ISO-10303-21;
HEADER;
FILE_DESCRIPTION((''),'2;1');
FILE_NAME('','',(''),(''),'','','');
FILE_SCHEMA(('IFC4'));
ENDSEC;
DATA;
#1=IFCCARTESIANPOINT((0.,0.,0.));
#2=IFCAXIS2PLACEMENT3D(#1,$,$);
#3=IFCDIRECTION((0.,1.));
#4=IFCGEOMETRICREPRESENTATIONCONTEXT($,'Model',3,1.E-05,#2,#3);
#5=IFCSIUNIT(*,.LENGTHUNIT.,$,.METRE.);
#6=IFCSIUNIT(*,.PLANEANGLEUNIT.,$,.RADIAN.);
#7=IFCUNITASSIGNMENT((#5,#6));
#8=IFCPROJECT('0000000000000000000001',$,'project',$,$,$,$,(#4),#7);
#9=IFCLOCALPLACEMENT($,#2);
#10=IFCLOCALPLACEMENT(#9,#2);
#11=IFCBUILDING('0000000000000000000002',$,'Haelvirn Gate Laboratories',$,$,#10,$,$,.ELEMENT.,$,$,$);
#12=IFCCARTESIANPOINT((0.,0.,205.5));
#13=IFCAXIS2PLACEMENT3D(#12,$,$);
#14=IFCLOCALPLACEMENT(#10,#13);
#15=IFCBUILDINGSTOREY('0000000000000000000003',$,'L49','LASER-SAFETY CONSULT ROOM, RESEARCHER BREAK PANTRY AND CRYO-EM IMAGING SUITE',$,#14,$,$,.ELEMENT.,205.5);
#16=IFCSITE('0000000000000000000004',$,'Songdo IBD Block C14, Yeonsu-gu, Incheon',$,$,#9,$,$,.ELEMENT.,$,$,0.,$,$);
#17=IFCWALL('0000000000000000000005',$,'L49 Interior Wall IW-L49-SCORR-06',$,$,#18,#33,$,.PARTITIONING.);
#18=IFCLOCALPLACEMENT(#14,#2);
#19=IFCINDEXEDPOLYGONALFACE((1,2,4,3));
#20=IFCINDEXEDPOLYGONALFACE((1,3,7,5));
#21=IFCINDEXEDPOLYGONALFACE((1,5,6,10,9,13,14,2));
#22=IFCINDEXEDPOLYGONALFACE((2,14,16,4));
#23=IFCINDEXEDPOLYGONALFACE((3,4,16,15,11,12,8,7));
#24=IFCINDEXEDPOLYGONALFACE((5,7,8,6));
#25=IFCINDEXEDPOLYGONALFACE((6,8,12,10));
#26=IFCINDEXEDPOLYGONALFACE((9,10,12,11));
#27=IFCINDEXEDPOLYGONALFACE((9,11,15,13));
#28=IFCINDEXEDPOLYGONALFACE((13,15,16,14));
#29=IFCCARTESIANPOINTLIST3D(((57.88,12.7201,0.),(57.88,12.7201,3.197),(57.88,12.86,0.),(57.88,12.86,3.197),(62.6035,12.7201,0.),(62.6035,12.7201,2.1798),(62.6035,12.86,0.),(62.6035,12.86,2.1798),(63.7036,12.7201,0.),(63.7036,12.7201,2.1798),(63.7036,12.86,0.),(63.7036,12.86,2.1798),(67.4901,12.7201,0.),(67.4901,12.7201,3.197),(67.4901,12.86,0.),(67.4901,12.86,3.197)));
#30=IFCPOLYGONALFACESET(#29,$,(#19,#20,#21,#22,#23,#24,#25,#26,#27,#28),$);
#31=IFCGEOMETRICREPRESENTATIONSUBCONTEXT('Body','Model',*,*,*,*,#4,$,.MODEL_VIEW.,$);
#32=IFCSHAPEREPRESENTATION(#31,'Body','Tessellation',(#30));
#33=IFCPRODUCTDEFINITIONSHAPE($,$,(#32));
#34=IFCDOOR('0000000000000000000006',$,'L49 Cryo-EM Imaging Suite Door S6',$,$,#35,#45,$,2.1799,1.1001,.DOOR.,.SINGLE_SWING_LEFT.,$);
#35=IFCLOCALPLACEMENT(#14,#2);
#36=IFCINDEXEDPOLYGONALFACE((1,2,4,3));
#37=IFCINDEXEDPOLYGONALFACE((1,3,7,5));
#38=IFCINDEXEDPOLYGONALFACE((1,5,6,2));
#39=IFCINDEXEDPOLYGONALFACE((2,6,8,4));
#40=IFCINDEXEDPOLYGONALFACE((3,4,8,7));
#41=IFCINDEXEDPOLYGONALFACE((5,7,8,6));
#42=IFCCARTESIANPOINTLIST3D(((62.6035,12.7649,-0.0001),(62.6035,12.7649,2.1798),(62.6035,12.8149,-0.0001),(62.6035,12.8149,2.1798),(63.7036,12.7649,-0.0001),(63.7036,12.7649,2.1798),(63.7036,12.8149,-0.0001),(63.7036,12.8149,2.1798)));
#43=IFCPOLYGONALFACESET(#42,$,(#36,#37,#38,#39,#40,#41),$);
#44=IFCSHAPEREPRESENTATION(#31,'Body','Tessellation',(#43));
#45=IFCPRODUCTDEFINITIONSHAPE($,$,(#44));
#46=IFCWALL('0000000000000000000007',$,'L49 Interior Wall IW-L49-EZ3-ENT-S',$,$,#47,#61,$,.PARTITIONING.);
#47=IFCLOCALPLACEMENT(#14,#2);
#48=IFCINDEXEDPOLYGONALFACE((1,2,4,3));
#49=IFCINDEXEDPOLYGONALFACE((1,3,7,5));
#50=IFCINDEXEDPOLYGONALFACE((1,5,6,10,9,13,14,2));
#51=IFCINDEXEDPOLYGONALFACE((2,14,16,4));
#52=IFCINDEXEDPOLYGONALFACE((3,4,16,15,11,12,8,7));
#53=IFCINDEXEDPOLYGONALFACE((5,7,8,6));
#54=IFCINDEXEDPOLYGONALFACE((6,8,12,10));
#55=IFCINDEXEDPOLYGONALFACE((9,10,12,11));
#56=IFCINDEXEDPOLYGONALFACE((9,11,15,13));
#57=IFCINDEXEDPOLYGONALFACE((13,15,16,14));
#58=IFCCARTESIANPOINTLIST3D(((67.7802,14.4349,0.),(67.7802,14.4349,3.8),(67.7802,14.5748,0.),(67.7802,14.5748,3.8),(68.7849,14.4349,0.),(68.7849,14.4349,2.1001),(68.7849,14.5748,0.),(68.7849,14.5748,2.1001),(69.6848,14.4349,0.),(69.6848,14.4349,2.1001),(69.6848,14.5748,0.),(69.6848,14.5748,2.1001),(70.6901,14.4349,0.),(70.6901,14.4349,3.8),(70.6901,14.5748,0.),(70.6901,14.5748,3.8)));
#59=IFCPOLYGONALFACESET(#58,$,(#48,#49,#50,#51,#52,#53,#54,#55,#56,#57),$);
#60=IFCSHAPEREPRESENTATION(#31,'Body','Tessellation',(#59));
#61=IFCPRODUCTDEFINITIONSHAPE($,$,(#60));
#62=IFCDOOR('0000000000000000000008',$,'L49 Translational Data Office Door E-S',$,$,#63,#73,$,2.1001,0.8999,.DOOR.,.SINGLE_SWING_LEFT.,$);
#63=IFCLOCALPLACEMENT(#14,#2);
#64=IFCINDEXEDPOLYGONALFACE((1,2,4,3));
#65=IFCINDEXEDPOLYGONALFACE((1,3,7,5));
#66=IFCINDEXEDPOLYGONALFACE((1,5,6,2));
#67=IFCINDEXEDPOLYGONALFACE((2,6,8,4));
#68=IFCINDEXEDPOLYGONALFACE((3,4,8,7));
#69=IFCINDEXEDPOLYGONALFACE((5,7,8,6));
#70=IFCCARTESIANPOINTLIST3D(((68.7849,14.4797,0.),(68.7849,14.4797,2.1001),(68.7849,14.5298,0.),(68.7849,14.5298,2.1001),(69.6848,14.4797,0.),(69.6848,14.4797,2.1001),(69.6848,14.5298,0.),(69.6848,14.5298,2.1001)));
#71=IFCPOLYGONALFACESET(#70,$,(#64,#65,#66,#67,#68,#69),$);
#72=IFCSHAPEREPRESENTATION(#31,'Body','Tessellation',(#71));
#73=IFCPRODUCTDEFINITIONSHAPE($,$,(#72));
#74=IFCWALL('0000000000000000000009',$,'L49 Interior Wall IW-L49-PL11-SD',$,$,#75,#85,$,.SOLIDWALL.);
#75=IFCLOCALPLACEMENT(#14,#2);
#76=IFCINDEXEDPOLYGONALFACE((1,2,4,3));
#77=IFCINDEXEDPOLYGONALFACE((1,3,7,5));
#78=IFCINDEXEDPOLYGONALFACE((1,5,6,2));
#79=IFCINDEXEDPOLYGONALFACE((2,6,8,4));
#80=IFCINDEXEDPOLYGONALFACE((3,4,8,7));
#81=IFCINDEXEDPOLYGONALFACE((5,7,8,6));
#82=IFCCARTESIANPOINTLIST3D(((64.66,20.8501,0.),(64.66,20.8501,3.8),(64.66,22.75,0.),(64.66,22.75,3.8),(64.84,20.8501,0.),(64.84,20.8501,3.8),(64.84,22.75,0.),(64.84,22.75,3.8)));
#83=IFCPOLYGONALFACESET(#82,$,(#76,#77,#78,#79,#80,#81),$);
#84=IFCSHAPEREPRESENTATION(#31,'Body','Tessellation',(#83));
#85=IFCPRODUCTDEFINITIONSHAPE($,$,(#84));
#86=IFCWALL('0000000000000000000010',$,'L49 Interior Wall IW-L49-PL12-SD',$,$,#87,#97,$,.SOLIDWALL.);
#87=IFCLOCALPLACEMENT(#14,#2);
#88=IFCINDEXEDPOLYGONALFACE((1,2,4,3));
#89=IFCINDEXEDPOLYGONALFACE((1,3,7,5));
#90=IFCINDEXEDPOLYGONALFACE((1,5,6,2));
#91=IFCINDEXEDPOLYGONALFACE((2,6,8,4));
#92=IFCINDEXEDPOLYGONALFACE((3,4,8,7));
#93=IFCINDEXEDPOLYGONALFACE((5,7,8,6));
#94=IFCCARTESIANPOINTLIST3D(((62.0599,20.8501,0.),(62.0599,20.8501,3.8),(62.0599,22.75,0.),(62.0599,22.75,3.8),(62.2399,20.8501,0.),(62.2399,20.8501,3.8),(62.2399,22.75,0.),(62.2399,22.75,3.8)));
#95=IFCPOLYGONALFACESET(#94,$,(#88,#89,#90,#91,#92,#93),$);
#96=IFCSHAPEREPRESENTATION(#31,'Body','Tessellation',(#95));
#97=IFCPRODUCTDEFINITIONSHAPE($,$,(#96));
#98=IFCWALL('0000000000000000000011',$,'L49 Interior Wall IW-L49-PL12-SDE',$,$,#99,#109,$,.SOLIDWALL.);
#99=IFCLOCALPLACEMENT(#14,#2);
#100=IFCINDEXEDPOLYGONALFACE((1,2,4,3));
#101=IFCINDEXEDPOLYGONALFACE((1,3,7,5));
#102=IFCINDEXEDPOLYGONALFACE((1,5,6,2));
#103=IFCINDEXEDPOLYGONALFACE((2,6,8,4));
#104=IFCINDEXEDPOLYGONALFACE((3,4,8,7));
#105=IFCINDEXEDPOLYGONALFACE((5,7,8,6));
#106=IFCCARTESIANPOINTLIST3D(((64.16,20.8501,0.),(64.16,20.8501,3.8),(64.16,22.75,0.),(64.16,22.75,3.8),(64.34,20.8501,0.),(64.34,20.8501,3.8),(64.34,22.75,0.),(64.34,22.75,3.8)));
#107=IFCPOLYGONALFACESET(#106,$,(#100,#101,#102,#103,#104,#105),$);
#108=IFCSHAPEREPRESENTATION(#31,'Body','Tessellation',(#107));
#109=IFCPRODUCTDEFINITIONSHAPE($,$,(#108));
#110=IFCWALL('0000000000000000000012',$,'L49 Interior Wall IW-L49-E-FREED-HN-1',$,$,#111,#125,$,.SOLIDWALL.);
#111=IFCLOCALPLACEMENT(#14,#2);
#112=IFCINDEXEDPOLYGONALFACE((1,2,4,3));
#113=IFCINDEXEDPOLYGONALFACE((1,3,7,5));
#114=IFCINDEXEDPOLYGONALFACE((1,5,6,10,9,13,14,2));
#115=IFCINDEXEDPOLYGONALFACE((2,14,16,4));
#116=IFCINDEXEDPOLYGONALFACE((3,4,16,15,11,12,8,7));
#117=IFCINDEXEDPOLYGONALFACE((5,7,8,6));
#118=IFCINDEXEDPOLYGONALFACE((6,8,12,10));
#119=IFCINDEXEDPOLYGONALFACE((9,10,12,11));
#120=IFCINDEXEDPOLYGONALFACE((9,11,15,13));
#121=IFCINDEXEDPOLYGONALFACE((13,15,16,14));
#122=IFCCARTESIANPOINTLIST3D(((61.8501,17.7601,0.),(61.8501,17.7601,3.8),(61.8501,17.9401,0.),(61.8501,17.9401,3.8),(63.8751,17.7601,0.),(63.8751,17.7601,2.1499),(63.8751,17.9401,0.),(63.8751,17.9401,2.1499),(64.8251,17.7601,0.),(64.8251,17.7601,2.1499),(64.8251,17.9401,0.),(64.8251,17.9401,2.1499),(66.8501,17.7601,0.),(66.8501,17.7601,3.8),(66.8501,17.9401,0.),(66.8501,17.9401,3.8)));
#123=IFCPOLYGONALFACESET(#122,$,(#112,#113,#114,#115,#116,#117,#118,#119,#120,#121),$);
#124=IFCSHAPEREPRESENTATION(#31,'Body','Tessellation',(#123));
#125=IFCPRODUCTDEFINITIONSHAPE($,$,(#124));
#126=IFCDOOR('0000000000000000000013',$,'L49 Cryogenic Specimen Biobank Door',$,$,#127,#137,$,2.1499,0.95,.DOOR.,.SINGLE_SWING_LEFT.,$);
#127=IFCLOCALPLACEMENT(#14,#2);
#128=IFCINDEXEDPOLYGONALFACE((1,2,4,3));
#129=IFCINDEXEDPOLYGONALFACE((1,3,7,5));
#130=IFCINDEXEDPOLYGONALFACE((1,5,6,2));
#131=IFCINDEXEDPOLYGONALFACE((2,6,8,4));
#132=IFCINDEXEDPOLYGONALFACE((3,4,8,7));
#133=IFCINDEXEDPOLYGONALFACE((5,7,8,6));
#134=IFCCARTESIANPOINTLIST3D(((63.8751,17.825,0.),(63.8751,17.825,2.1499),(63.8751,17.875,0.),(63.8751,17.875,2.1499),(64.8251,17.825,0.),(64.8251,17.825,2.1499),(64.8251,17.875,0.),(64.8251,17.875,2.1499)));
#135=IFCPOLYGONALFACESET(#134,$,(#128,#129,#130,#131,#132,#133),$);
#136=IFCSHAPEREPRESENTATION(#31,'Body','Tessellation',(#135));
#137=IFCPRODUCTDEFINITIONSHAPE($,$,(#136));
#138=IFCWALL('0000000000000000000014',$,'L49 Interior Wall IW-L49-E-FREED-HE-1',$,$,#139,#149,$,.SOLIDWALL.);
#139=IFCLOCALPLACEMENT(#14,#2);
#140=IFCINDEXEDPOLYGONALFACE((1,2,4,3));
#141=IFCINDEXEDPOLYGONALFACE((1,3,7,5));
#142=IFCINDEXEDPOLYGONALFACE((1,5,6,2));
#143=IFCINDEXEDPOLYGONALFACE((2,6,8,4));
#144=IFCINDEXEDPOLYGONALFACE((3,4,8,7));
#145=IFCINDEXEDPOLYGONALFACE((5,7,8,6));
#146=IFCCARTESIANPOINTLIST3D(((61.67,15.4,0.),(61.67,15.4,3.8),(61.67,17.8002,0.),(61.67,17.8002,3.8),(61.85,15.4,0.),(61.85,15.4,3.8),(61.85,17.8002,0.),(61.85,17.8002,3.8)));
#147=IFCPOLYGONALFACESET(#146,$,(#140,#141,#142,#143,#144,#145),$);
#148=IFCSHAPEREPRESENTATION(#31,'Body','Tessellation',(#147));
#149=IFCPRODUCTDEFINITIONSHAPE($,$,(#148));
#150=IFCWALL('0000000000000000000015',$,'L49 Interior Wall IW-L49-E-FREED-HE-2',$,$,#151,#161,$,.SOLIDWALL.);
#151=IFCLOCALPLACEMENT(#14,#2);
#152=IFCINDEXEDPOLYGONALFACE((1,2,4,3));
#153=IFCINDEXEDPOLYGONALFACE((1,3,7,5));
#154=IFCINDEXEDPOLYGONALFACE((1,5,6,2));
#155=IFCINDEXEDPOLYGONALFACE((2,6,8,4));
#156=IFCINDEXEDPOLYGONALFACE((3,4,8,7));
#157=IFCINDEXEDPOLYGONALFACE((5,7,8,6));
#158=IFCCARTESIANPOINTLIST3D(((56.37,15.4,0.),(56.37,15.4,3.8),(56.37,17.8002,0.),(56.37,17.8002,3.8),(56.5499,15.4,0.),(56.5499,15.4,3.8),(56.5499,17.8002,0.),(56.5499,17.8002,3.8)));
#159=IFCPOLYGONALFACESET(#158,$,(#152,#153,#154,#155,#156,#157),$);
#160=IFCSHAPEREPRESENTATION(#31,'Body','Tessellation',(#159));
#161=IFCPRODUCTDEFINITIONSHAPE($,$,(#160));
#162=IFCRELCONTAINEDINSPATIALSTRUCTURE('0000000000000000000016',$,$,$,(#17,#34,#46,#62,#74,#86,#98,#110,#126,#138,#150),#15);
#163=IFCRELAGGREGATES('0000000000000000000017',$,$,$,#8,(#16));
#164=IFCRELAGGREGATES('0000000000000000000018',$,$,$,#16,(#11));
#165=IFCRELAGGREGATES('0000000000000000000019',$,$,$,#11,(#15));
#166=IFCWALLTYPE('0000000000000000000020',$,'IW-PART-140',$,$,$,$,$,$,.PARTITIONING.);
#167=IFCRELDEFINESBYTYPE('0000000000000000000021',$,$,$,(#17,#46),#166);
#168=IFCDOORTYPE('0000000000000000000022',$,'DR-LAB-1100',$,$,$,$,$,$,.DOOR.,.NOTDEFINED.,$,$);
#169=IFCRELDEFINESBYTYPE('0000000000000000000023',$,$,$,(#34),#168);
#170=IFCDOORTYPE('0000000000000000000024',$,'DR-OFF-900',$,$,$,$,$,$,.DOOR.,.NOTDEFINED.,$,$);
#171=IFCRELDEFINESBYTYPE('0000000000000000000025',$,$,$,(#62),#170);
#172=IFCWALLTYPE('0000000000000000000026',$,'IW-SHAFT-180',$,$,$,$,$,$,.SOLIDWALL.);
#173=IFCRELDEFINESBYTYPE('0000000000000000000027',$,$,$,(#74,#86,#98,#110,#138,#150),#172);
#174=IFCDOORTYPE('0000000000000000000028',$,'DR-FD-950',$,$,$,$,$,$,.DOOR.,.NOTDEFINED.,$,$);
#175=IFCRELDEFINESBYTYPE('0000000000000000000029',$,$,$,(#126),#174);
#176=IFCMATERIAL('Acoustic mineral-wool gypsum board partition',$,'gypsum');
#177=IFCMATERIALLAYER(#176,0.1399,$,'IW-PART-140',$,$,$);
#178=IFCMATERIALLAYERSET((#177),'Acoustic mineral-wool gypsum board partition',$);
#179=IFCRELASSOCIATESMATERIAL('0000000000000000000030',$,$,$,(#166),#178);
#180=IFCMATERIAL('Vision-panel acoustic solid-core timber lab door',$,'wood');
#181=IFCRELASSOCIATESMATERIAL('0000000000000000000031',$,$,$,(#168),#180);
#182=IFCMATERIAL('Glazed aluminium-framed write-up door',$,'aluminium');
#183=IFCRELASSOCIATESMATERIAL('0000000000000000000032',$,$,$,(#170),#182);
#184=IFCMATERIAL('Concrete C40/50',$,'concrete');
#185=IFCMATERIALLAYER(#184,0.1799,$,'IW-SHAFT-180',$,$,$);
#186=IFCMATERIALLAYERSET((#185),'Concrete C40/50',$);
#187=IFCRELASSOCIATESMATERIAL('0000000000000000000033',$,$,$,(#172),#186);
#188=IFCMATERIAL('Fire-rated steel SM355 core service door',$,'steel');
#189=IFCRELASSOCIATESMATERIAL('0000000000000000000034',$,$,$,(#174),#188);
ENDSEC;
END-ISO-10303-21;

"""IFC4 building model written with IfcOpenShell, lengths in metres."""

from ifc_helpers import new_model, si_unit, direction, frame, frame_2d, origin, place, context, subcontext, project, spatial, rectangle, extrude, source, transform, mapped, material, layer, layer_set, type_object, type_shapes, element, fill, save


model = new_model("IFC4")

# Units and contexts
model_context = context("Model", 3, precision=1e-05, world=origin(), true_north=direction((0.0, 1.0)))
body_context = subcontext(model_context, "Body", "Model", "MODEL_VIEW")
ifc_project = project(units=[si_unit("LENGTHUNIT", "METRE"), si_unit("PLANEANGLEUNIT", "RADIAN")], contexts=[model_context])

# Site, building, storey
site_placement = place(None, origin())
site = spatial("IfcSite", under=ifc_project, at=site_placement, Name="Songdo IBD Block C14, Yeonsu-gu, Incheon", CompositionType="ELEMENT", RefElevation=0.0)
building_placement = place(site_placement, origin())
building = spatial("IfcBuilding", under=site, at=building_placement, Name="Haelvirn Gate Laboratories", CompositionType="ELEMENT")
storey_placement = place(building_placement, frame((0.0, 0.0, 205.5)))
storey = spatial("IfcBuildingStorey", under=building, at=storey_placement, Name="L49", Description="LASER-SAFETY CONSULT ROOM, RESEARCHER BREAK PANTRY AND CRYO-EM IMAGING SUITE", CompositionType="ELEMENT", Elevation=205.5)

# Walls, openings, doors
ifc_material_1 = material(Name="Acoustic mineral-wool gypsum board partition", Category="gypsum")
ifc_layer_1 = layer(ifc_material_1, 0.1399, Name="IW-PART-140")
ifc_layer_set_1 = layer_set([ifc_layer_1], Name="Acoustic mineral-wool gypsum board partition")
wall_type_1 = type_object("IfcWallType", Name="IW-PART-140", PredefinedType="PARTITIONING", material=ifc_layer_set_1)
wall_1_placement = place(storey_placement, frame((57.8799, 12.79, 0.0), z_axis=(0.0, 0.0, 1.0), x_axis=(1.0, 0.0, 0.0)))
wall_1 = element("IfcWall", 1, at=wall_1_placement, inside=storey, type_object=wall_type_1, Name="L49 Interior Wall IW-L49-SCORR-06", PredefinedType="PARTITIONING", context=body_context, shape_type="SweptSolid", body=[
    extrude(rectangle(XDim=9.6101, YDim=0.1399, at=frame_2d((4.8052, 0.0))), origin(), (0.0, 0.0, 1.0), 3.197),
])
opening_1_placement = place(wall_1_placement, frame((4.7236, 0.0, 0.0)))
opening_1 = element("IfcOpeningElement", 2, at=opening_1_placement, cuts=wall_1, PredefinedType="OPENING", context=body_context, shape_type="SweptSolid", body=[
    extrude(rectangle(XDim=1.1001, YDim=2.1799, at=frame_2d((0.55, 1.0898))), frame((0.0, 0.0801, 0.0), z_axis=(0.0, -1.0, 0.0), x_axis=(1.0, 0.0, 0.0)), (0.0, 0.0, 1.0), 0.1599),
])
ifc_material_2 = material(Name="Vision-panel acoustic solid-core timber lab door", Category="wood")
door_type_1 = type_object("IfcDoorType", Name="DR-LAB-1100", OperationType="NOTDEFINED", PredefinedType="DOOR", material=ifc_material_2)
shared_shape_1 = source(origin(), body_context, "Body", "SweptSolid", [
    extrude(rectangle(XDim=1.1001, YDim=2.1799, at=frame_2d((0.55, 1.0898))), frame((0.0, 0.0249, 0.0), z_axis=(0.0, -1.0, 0.0), x_axis=(1.0, 0.0, 0.0)), (0.0, 0.0, 1.0), 0.05),
])
type_shapes(door_type_1, [shared_shape_1])
door_1_placement = place(opening_1_placement, origin())
door_1 = element("IfcDoor", 3, at=door_1_placement, inside=storey, type_object=door_type_1, Name="L49 Cryo-EM Imaging Suite Door S6", OperationType="SINGLE_SWING_LEFT", OverallHeight=2.1799, OverallWidth=1.1001, PredefinedType="DOOR", context=body_context, shape_type="MappedRepresentation", body=[
    mapped(shared_shape_1, transform((0.0, 0.0, 0.0), scale=1.0)),
])
fill(opening_1, door_1)
wall_2_placement = place(storey_placement, frame((67.78, 14.5049, 0.0), z_axis=(0.0, 0.0, 1.0), x_axis=(1.0, 0.0, 0.0)))
wall_2 = element("IfcWall", 4, at=wall_2_placement, inside=storey, type_object=wall_type_1, Name="L49 Interior Wall IW-L49-EZ3-ENT-S", PredefinedType="PARTITIONING", context=body_context, shape_type="SweptSolid", body=[
    extrude(rectangle(XDim=2.9099, YDim=0.1399, at=frame_2d((1.4551, 0.0))), origin(), (0.0, 0.0, 1.0), 3.8),
])
opening_2_placement = place(wall_2_placement, frame((1.0049, 0.0, 0.0)))
opening_2 = element("IfcOpeningElement", 5, at=opening_2_placement, cuts=wall_2, PredefinedType="OPENING", context=body_context, shape_type="SweptSolid", body=[
    extrude(rectangle(XDim=0.8999, YDim=2.1001, at=frame_2d((0.45, 1.05))), frame((0.0, 0.0801, 0.0), z_axis=(0.0, -1.0, 0.0), x_axis=(1.0, 0.0, 0.0)), (0.0, 0.0, 1.0), 0.1599),
])
ifc_material_3 = material(Name="Glazed aluminium-framed write-up door", Category="aluminium")
door_type_2 = type_object("IfcDoorType", Name="DR-OFF-900", OperationType="NOTDEFINED", PredefinedType="DOOR", material=ifc_material_3)
shared_shape_2 = source(origin(), body_context, "Body", "SweptSolid", [
    extrude(rectangle(XDim=0.8999, YDim=2.1001, at=frame_2d((0.45, 1.05))), frame((0.0, 0.0249, 0.0), z_axis=(0.0, -1.0, 0.0), x_axis=(1.0, 0.0, 0.0)), (0.0, 0.0, 1.0), 0.05),
])
type_shapes(door_type_2, [shared_shape_2])
door_2_placement = place(opening_2_placement, origin())
door_2 = element("IfcDoor", 6, at=door_2_placement, inside=storey, type_object=door_type_2, Name="L49 Translational Data Office Door E-S", OperationType="SINGLE_SWING_LEFT", OverallHeight=2.1001, OverallWidth=0.8999, PredefinedType="DOOR", context=body_context, shape_type="MappedRepresentation", body=[
    mapped(shared_shape_2, transform((0.0, 0.0, 0.0), scale=1.0)),
])
fill(opening_2, door_2)

# Walls
ifc_material_4 = material(Name="Concrete C40/50", Category="concrete")
ifc_layer_2 = layer(ifc_material_4, 0.1799, Name="IW-SHAFT-180")
ifc_layer_set_2 = layer_set([ifc_layer_2], Name="Concrete C40/50")
wall_type_2 = type_object("IfcWallType", Name="IW-SHAFT-180", PredefinedType="SOLIDWALL", material=ifc_layer_set_2)
for number, where, z_axis, x_axis, name in (
    (7, (64.75, 20.8501, 0.0), (0.0, 0.0, 1.0), (0.0, 1.0, 0.0), "L49 Interior Wall IW-L49-PL11-SD"),
    (8, (62.1499, 20.8501, 0.0), (0.0, 0.0, 1.0), (0.0, 1.0, 0.0), "L49 Interior Wall IW-L49-PL12-SD"),
    (9, (64.25, 20.8501, 0.0), (0.0, 0.0, 1.0), (0.0, 1.0, 0.0), "L49 Interior Wall IW-L49-PL12-SDE"),
):
    element("IfcWall", number, at=place(storey_placement, frame(where, z_axis=z_axis, x_axis=x_axis)), inside=storey, type_object=wall_type_2, Name=name, PredefinedType="SOLIDWALL", context=body_context, shape_type="SweptSolid", body=[
        extrude(rectangle(XDim=1.8999, YDim=0.1799, at=frame_2d((0.95, 0.0))), origin(), (0.0, 0.0, 1.0), 3.8),
    ])

# Wall, opening, door
wall_3_placement = place(storey_placement, frame((61.8501, 17.8501, 0.0), z_axis=(0.0, 0.0, 1.0), x_axis=(1.0, 0.0, 0.0)))
wall_3 = element("IfcWall", 10, at=wall_3_placement, inside=storey, type_object=wall_type_2, Name="L49 Interior Wall IW-L49-E-FREED-HN-1", PredefinedType="SOLIDWALL", context=body_context, shape_type="SweptSolid", body=[
    extrude(rectangle(XDim=5.0, YDim=0.1799, at=frame_2d((2.5, 0.0))), origin(), (0.0, 0.0, 1.0), 3.8),
])
opening_3_placement = place(wall_3_placement, frame((2.0249, 0.0, 0.0)))
opening_3 = element("IfcOpeningElement", 11, at=opening_3_placement, cuts=wall_3, PredefinedType="OPENING", context=body_context, shape_type="SweptSolid", body=[
    extrude(rectangle(XDim=0.95, YDim=2.1499, at=frame_2d((0.4751, 1.075))), frame((0.0, 0.1001, 0.0), z_axis=(0.0, -1.0, 0.0), x_axis=(1.0, 0.0, 0.0)), (0.0, 0.0, 1.0), 0.2),
])
ifc_material_5 = material(Name="Fire-rated steel SM355 core service door", Category="steel")
door_type_3 = type_object("IfcDoorType", Name="DR-FD-950", OperationType="NOTDEFINED", PredefinedType="DOOR", material=ifc_material_5)
shared_shape_3 = source(origin(), body_context, "Body", "SweptSolid", [
    extrude(rectangle(XDim=0.95, YDim=2.1499, at=frame_2d((0.4751, 1.075))), frame((0.0, 0.0249, 0.0), z_axis=(0.0, -1.0, 0.0), x_axis=(1.0, 0.0, 0.0)), (0.0, 0.0, 1.0), 0.05),
])
type_shapes(door_type_3, [shared_shape_3])
door_3_placement = place(opening_3_placement, origin())
door_3 = element("IfcDoor", 12, at=door_3_placement, inside=storey, type_object=door_type_3, Name="L49 Cryogenic Specimen Biobank Door", OperationType="SINGLE_SWING_LEFT", OverallHeight=2.1499, OverallWidth=0.95, PredefinedType="DOOR", context=body_context, shape_type="MappedRepresentation", body=[
    mapped(shared_shape_3, transform((0.0, 0.0, 0.0), scale=1.0)),
])
fill(opening_3, door_3)

# Wall
wall_4_placement = place(storey_placement, frame((61.76, 15.3999, 0.0), z_axis=(0.0, 0.0, 1.0), x_axis=(0.0, 1.0, 0.0)))
element("IfcWall", 13, at=wall_4_placement, inside=storey, type_object=wall_type_2, Name="L49 Interior Wall IW-L49-E-FREED-HE-1", PredefinedType="SOLIDWALL", context=body_context, shape_type="SweptSolid", body=[
    extrude(rectangle(XDim=2.4001, YDim=0.1799, at=frame_2d((1.2002, 0.0))), origin(), (0.0, 0.0, 1.0), 3.8),
])

# Wall
wall_5_placement = place(storey_placement, frame((56.46, 15.3999, 0.0), z_axis=(0.0, 0.0, 1.0), x_axis=(0.0, 1.0, 0.0)))
element("IfcWall", 14, at=wall_5_placement, inside=storey, type_object=wall_type_2, Name="L49 Interior Wall IW-L49-E-FREED-HE-2", PredefinedType="SOLIDWALL", context=body_context, shape_type="SweptSolid", body=[
    extrude(rectangle(XDim=2.4001, YDim=0.1799, at=frame_2d((1.2002, 0.0))), origin(), (0.0, 0.0, 1.0), 3.8),
])

save(model, "model.ifc")
